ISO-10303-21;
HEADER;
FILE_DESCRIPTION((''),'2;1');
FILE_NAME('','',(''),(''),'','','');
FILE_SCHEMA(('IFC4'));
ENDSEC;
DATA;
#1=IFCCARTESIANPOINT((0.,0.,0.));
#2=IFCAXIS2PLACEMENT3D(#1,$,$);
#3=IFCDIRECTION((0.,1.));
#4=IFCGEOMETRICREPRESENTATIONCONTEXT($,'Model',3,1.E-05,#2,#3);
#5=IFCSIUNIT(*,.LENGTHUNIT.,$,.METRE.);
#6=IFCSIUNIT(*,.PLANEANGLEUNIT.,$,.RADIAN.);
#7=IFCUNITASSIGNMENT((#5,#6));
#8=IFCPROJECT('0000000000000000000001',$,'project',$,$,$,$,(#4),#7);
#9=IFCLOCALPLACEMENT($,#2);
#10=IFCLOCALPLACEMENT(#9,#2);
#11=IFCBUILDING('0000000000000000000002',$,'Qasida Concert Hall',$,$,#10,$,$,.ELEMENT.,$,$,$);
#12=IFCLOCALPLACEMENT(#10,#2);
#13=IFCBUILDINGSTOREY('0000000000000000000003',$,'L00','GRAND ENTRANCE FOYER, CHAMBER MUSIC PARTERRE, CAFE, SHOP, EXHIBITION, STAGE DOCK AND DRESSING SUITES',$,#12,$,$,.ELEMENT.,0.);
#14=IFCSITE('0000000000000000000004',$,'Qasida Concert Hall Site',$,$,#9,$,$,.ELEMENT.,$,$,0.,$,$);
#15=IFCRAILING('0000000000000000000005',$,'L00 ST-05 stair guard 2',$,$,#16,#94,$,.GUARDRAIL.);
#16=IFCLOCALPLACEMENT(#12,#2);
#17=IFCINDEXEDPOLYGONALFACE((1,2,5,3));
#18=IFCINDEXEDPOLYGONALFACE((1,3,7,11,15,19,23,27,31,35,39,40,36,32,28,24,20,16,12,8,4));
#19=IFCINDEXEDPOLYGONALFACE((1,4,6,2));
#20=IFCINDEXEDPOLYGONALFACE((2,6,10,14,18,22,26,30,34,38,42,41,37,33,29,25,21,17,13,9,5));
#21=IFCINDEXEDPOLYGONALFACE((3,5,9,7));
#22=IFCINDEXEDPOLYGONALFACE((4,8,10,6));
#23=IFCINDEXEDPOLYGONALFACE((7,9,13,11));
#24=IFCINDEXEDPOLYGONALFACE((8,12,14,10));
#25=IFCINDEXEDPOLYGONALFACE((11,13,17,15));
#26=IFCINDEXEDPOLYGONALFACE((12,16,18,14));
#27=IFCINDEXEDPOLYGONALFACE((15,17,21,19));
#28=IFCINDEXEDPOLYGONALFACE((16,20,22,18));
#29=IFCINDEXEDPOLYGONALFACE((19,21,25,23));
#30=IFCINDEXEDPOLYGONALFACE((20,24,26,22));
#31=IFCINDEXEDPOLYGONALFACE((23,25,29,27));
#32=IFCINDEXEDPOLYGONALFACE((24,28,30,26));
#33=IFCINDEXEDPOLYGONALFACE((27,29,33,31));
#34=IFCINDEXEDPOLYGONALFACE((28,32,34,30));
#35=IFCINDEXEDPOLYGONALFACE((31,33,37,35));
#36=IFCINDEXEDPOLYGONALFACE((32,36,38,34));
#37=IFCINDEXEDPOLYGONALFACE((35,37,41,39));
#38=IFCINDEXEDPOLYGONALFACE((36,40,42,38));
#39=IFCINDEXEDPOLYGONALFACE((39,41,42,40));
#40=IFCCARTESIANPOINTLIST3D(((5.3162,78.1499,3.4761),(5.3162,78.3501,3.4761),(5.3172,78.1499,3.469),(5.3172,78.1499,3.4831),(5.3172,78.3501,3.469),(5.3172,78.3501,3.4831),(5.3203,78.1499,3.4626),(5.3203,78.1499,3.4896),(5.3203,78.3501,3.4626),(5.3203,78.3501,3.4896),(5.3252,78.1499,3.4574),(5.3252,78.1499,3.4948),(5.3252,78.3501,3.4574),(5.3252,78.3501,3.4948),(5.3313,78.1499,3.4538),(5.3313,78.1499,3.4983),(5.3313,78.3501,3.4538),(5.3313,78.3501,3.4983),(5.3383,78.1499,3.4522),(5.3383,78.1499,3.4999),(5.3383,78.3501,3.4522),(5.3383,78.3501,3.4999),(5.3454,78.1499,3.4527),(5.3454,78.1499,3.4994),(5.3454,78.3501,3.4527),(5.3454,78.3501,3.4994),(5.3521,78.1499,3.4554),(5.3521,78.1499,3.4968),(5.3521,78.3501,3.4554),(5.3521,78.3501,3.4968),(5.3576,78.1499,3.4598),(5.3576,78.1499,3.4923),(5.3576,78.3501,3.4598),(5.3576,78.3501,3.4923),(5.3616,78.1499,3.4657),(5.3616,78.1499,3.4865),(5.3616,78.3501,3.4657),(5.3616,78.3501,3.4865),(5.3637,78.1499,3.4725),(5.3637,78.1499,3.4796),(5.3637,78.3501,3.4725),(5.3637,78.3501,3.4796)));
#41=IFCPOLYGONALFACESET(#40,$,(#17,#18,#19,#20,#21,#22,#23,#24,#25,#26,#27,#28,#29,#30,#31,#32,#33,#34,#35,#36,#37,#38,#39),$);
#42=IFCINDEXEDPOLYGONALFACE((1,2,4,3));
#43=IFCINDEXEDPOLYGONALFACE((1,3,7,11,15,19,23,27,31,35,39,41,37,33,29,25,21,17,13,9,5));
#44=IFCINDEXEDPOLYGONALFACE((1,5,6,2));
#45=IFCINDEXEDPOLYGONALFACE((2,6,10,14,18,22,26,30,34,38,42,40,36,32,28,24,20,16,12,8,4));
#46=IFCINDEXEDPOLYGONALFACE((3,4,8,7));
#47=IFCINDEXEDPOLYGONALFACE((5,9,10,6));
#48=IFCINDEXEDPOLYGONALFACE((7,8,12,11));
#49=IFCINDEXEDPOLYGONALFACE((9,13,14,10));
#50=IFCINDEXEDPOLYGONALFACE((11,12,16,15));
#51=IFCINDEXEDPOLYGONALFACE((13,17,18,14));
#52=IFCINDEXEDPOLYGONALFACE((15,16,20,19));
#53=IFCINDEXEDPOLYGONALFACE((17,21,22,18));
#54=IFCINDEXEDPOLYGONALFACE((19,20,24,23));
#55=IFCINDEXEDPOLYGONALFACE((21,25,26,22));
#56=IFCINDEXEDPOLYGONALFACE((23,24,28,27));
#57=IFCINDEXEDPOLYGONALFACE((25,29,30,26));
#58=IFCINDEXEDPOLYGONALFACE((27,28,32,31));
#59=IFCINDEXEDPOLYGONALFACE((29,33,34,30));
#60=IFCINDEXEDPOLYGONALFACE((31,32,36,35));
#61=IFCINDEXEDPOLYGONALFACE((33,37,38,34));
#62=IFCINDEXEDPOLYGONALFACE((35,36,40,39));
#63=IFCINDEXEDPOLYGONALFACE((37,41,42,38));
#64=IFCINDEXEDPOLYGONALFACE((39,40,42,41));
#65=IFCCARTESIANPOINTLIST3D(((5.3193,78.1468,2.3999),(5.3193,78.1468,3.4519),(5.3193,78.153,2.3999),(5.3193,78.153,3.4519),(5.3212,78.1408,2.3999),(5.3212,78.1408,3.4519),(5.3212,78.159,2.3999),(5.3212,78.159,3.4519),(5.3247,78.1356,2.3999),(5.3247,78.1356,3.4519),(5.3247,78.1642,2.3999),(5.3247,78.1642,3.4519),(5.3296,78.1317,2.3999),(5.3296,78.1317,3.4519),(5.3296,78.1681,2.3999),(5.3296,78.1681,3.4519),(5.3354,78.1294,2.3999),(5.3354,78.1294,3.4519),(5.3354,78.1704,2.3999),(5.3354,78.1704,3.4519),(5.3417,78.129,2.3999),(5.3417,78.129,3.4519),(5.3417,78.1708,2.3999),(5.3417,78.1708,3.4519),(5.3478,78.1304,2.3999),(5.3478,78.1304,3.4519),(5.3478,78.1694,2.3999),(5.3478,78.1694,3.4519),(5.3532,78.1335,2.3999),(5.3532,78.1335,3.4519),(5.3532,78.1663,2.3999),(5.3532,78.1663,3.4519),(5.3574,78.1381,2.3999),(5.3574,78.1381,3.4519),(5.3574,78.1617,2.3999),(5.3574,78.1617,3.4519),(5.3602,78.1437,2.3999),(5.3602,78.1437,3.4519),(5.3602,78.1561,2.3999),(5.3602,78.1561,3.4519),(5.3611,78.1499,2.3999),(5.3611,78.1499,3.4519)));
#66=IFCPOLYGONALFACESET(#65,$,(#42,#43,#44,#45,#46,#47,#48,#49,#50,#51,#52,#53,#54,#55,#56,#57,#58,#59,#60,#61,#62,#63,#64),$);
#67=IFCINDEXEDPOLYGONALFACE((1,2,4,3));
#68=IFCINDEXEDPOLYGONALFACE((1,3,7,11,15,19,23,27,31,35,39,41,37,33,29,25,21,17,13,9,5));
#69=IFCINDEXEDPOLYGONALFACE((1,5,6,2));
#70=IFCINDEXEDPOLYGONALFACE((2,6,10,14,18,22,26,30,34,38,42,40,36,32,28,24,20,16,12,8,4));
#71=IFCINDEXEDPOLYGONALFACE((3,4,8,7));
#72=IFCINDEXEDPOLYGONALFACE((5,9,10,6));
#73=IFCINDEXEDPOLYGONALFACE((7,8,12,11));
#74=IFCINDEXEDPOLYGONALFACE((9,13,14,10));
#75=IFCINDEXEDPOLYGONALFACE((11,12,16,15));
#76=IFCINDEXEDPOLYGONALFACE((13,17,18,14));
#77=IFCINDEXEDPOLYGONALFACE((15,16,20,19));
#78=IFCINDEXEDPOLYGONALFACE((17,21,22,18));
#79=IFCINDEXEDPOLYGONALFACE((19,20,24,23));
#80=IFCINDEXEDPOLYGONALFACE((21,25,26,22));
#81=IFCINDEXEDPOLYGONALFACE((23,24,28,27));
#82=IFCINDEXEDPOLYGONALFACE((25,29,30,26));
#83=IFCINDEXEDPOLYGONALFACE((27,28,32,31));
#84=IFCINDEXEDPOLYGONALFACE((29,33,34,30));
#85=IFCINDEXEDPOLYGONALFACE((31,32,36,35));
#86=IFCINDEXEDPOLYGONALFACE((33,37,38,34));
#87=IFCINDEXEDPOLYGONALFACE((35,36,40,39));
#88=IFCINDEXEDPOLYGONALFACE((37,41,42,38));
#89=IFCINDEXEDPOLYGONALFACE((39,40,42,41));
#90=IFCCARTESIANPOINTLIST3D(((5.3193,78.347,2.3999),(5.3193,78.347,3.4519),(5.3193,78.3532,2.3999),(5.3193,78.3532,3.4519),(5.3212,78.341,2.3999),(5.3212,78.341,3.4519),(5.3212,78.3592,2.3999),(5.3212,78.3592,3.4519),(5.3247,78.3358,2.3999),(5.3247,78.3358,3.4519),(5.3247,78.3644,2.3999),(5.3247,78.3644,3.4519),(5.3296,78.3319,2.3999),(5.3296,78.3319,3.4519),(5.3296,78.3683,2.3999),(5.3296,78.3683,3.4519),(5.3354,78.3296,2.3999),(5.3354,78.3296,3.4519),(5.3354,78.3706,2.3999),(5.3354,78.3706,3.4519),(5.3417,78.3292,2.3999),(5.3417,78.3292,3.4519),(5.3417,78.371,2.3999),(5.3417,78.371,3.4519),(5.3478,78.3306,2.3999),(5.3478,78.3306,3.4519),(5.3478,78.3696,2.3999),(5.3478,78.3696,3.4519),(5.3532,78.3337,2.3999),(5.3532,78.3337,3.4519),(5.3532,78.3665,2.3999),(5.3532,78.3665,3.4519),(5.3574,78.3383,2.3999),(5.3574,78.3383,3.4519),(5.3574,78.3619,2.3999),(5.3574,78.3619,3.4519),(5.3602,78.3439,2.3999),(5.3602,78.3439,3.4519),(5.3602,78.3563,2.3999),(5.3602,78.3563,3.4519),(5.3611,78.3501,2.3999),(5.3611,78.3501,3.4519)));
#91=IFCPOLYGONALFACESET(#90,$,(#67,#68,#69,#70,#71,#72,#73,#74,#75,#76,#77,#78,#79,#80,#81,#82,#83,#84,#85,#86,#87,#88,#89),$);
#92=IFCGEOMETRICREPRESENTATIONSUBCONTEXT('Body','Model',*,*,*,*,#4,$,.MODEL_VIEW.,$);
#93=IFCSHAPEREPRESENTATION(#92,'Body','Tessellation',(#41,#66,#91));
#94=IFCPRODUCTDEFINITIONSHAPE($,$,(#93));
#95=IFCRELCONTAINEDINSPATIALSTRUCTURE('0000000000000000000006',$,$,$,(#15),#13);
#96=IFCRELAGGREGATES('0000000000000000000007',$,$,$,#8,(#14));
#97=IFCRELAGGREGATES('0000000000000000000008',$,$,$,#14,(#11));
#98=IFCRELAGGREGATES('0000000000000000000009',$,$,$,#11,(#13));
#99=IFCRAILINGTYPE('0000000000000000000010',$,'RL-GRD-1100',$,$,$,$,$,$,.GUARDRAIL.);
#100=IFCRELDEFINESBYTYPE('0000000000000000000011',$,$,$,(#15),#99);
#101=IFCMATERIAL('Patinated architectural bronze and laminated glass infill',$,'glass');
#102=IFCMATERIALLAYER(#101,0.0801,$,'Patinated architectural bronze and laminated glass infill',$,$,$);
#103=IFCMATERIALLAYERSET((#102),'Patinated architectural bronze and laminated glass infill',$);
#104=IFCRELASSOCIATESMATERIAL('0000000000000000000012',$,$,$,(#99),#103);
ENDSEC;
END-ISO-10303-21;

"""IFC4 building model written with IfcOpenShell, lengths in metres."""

from ifc_helpers import new_model, si_unit, direction, frame, origin, origin_2d, place, context, subcontext, project, spatial, circle, extrude, material, layer, layer_set, type_object, element, save


model = new_model("IFC4")

# Units and contexts
model_context = context("Model", 3, precision=1e-05, world=origin(), true_north=direction((0.0, 1.0)))
body_context = subcontext(model_context, "Body", "Model", "MODEL_VIEW")
ifc_project = project(units=[si_unit("LENGTHUNIT", "METRE"), si_unit("PLANEANGLEUNIT", "RADIAN")], contexts=[model_context])

# Site, building, storey
site_placement = place(None, origin())
site = spatial("IfcSite", under=ifc_project, at=site_placement, Name="Qasida Concert Hall Site", CompositionType="ELEMENT", RefElevation=0.0)
building_placement = place(site_placement, origin())
building = spatial("IfcBuilding", under=site, at=building_placement, Name="Qasida Concert Hall", CompositionType="ELEMENT")
storey_placement = place(building_placement, origin())
storey = spatial("IfcBuildingStorey", under=building, at=storey_placement, Name="L00", Description="GRAND ENTRANCE FOYER, CHAMBER MUSIC PARTERRE, CAFE, SHOP, EXHIBITION, STAGE DOCK AND DRESSING SUITES", CompositionType="ELEMENT", Elevation=0.0)

# Railing
ifc_material_1 = material(Name="Patinated architectural bronze and laminated glass infill", Category="glass")
ifc_layer_1 = layer(ifc_material_1, 0.0801, Name="Patinated architectural bronze and laminated glass infill")
ifc_layer_set_1 = layer_set([ifc_layer_1], Name="Patinated architectural bronze and laminated glass infill")
railing_type_1 = type_object("IfcRailingType", Name="RL-GRD-1100", PredefinedType="GUARDRAIL", material=ifc_layer_set_1)
railing_1_placement = place(storey_placement, frame((5.3401, 78.1499, 2.3999)))
element("IfcRailing", 1, at=railing_1_placement, inside=storey, type_object=railing_type_1, Name="L00 ST-05 stair guard 2", PredefinedType="GUARDRAIL", context=body_context, shape_type="SweptSolid", body=[
    extrude(circle(Radius=0.0239, at=origin_2d()), frame((0.0, 0.0, 1.0762), z_axis=(0.0, 1.0, 0.0), x_axis=(-1.0, 0.0, 0.0)), (0.0, 0.0, 1.0), 0.2002),
    extrude(circle(Radius=0.021, at=origin_2d()), origin(), (0.0, 0.0, 1.0), 1.052),
    extrude(circle(Radius=0.021, at=origin_2d()), frame((0.0, 0.2002, 0.0)), (0.0, 0.0, 1.0), 1.052),
])

save(model, "model.ifc")
